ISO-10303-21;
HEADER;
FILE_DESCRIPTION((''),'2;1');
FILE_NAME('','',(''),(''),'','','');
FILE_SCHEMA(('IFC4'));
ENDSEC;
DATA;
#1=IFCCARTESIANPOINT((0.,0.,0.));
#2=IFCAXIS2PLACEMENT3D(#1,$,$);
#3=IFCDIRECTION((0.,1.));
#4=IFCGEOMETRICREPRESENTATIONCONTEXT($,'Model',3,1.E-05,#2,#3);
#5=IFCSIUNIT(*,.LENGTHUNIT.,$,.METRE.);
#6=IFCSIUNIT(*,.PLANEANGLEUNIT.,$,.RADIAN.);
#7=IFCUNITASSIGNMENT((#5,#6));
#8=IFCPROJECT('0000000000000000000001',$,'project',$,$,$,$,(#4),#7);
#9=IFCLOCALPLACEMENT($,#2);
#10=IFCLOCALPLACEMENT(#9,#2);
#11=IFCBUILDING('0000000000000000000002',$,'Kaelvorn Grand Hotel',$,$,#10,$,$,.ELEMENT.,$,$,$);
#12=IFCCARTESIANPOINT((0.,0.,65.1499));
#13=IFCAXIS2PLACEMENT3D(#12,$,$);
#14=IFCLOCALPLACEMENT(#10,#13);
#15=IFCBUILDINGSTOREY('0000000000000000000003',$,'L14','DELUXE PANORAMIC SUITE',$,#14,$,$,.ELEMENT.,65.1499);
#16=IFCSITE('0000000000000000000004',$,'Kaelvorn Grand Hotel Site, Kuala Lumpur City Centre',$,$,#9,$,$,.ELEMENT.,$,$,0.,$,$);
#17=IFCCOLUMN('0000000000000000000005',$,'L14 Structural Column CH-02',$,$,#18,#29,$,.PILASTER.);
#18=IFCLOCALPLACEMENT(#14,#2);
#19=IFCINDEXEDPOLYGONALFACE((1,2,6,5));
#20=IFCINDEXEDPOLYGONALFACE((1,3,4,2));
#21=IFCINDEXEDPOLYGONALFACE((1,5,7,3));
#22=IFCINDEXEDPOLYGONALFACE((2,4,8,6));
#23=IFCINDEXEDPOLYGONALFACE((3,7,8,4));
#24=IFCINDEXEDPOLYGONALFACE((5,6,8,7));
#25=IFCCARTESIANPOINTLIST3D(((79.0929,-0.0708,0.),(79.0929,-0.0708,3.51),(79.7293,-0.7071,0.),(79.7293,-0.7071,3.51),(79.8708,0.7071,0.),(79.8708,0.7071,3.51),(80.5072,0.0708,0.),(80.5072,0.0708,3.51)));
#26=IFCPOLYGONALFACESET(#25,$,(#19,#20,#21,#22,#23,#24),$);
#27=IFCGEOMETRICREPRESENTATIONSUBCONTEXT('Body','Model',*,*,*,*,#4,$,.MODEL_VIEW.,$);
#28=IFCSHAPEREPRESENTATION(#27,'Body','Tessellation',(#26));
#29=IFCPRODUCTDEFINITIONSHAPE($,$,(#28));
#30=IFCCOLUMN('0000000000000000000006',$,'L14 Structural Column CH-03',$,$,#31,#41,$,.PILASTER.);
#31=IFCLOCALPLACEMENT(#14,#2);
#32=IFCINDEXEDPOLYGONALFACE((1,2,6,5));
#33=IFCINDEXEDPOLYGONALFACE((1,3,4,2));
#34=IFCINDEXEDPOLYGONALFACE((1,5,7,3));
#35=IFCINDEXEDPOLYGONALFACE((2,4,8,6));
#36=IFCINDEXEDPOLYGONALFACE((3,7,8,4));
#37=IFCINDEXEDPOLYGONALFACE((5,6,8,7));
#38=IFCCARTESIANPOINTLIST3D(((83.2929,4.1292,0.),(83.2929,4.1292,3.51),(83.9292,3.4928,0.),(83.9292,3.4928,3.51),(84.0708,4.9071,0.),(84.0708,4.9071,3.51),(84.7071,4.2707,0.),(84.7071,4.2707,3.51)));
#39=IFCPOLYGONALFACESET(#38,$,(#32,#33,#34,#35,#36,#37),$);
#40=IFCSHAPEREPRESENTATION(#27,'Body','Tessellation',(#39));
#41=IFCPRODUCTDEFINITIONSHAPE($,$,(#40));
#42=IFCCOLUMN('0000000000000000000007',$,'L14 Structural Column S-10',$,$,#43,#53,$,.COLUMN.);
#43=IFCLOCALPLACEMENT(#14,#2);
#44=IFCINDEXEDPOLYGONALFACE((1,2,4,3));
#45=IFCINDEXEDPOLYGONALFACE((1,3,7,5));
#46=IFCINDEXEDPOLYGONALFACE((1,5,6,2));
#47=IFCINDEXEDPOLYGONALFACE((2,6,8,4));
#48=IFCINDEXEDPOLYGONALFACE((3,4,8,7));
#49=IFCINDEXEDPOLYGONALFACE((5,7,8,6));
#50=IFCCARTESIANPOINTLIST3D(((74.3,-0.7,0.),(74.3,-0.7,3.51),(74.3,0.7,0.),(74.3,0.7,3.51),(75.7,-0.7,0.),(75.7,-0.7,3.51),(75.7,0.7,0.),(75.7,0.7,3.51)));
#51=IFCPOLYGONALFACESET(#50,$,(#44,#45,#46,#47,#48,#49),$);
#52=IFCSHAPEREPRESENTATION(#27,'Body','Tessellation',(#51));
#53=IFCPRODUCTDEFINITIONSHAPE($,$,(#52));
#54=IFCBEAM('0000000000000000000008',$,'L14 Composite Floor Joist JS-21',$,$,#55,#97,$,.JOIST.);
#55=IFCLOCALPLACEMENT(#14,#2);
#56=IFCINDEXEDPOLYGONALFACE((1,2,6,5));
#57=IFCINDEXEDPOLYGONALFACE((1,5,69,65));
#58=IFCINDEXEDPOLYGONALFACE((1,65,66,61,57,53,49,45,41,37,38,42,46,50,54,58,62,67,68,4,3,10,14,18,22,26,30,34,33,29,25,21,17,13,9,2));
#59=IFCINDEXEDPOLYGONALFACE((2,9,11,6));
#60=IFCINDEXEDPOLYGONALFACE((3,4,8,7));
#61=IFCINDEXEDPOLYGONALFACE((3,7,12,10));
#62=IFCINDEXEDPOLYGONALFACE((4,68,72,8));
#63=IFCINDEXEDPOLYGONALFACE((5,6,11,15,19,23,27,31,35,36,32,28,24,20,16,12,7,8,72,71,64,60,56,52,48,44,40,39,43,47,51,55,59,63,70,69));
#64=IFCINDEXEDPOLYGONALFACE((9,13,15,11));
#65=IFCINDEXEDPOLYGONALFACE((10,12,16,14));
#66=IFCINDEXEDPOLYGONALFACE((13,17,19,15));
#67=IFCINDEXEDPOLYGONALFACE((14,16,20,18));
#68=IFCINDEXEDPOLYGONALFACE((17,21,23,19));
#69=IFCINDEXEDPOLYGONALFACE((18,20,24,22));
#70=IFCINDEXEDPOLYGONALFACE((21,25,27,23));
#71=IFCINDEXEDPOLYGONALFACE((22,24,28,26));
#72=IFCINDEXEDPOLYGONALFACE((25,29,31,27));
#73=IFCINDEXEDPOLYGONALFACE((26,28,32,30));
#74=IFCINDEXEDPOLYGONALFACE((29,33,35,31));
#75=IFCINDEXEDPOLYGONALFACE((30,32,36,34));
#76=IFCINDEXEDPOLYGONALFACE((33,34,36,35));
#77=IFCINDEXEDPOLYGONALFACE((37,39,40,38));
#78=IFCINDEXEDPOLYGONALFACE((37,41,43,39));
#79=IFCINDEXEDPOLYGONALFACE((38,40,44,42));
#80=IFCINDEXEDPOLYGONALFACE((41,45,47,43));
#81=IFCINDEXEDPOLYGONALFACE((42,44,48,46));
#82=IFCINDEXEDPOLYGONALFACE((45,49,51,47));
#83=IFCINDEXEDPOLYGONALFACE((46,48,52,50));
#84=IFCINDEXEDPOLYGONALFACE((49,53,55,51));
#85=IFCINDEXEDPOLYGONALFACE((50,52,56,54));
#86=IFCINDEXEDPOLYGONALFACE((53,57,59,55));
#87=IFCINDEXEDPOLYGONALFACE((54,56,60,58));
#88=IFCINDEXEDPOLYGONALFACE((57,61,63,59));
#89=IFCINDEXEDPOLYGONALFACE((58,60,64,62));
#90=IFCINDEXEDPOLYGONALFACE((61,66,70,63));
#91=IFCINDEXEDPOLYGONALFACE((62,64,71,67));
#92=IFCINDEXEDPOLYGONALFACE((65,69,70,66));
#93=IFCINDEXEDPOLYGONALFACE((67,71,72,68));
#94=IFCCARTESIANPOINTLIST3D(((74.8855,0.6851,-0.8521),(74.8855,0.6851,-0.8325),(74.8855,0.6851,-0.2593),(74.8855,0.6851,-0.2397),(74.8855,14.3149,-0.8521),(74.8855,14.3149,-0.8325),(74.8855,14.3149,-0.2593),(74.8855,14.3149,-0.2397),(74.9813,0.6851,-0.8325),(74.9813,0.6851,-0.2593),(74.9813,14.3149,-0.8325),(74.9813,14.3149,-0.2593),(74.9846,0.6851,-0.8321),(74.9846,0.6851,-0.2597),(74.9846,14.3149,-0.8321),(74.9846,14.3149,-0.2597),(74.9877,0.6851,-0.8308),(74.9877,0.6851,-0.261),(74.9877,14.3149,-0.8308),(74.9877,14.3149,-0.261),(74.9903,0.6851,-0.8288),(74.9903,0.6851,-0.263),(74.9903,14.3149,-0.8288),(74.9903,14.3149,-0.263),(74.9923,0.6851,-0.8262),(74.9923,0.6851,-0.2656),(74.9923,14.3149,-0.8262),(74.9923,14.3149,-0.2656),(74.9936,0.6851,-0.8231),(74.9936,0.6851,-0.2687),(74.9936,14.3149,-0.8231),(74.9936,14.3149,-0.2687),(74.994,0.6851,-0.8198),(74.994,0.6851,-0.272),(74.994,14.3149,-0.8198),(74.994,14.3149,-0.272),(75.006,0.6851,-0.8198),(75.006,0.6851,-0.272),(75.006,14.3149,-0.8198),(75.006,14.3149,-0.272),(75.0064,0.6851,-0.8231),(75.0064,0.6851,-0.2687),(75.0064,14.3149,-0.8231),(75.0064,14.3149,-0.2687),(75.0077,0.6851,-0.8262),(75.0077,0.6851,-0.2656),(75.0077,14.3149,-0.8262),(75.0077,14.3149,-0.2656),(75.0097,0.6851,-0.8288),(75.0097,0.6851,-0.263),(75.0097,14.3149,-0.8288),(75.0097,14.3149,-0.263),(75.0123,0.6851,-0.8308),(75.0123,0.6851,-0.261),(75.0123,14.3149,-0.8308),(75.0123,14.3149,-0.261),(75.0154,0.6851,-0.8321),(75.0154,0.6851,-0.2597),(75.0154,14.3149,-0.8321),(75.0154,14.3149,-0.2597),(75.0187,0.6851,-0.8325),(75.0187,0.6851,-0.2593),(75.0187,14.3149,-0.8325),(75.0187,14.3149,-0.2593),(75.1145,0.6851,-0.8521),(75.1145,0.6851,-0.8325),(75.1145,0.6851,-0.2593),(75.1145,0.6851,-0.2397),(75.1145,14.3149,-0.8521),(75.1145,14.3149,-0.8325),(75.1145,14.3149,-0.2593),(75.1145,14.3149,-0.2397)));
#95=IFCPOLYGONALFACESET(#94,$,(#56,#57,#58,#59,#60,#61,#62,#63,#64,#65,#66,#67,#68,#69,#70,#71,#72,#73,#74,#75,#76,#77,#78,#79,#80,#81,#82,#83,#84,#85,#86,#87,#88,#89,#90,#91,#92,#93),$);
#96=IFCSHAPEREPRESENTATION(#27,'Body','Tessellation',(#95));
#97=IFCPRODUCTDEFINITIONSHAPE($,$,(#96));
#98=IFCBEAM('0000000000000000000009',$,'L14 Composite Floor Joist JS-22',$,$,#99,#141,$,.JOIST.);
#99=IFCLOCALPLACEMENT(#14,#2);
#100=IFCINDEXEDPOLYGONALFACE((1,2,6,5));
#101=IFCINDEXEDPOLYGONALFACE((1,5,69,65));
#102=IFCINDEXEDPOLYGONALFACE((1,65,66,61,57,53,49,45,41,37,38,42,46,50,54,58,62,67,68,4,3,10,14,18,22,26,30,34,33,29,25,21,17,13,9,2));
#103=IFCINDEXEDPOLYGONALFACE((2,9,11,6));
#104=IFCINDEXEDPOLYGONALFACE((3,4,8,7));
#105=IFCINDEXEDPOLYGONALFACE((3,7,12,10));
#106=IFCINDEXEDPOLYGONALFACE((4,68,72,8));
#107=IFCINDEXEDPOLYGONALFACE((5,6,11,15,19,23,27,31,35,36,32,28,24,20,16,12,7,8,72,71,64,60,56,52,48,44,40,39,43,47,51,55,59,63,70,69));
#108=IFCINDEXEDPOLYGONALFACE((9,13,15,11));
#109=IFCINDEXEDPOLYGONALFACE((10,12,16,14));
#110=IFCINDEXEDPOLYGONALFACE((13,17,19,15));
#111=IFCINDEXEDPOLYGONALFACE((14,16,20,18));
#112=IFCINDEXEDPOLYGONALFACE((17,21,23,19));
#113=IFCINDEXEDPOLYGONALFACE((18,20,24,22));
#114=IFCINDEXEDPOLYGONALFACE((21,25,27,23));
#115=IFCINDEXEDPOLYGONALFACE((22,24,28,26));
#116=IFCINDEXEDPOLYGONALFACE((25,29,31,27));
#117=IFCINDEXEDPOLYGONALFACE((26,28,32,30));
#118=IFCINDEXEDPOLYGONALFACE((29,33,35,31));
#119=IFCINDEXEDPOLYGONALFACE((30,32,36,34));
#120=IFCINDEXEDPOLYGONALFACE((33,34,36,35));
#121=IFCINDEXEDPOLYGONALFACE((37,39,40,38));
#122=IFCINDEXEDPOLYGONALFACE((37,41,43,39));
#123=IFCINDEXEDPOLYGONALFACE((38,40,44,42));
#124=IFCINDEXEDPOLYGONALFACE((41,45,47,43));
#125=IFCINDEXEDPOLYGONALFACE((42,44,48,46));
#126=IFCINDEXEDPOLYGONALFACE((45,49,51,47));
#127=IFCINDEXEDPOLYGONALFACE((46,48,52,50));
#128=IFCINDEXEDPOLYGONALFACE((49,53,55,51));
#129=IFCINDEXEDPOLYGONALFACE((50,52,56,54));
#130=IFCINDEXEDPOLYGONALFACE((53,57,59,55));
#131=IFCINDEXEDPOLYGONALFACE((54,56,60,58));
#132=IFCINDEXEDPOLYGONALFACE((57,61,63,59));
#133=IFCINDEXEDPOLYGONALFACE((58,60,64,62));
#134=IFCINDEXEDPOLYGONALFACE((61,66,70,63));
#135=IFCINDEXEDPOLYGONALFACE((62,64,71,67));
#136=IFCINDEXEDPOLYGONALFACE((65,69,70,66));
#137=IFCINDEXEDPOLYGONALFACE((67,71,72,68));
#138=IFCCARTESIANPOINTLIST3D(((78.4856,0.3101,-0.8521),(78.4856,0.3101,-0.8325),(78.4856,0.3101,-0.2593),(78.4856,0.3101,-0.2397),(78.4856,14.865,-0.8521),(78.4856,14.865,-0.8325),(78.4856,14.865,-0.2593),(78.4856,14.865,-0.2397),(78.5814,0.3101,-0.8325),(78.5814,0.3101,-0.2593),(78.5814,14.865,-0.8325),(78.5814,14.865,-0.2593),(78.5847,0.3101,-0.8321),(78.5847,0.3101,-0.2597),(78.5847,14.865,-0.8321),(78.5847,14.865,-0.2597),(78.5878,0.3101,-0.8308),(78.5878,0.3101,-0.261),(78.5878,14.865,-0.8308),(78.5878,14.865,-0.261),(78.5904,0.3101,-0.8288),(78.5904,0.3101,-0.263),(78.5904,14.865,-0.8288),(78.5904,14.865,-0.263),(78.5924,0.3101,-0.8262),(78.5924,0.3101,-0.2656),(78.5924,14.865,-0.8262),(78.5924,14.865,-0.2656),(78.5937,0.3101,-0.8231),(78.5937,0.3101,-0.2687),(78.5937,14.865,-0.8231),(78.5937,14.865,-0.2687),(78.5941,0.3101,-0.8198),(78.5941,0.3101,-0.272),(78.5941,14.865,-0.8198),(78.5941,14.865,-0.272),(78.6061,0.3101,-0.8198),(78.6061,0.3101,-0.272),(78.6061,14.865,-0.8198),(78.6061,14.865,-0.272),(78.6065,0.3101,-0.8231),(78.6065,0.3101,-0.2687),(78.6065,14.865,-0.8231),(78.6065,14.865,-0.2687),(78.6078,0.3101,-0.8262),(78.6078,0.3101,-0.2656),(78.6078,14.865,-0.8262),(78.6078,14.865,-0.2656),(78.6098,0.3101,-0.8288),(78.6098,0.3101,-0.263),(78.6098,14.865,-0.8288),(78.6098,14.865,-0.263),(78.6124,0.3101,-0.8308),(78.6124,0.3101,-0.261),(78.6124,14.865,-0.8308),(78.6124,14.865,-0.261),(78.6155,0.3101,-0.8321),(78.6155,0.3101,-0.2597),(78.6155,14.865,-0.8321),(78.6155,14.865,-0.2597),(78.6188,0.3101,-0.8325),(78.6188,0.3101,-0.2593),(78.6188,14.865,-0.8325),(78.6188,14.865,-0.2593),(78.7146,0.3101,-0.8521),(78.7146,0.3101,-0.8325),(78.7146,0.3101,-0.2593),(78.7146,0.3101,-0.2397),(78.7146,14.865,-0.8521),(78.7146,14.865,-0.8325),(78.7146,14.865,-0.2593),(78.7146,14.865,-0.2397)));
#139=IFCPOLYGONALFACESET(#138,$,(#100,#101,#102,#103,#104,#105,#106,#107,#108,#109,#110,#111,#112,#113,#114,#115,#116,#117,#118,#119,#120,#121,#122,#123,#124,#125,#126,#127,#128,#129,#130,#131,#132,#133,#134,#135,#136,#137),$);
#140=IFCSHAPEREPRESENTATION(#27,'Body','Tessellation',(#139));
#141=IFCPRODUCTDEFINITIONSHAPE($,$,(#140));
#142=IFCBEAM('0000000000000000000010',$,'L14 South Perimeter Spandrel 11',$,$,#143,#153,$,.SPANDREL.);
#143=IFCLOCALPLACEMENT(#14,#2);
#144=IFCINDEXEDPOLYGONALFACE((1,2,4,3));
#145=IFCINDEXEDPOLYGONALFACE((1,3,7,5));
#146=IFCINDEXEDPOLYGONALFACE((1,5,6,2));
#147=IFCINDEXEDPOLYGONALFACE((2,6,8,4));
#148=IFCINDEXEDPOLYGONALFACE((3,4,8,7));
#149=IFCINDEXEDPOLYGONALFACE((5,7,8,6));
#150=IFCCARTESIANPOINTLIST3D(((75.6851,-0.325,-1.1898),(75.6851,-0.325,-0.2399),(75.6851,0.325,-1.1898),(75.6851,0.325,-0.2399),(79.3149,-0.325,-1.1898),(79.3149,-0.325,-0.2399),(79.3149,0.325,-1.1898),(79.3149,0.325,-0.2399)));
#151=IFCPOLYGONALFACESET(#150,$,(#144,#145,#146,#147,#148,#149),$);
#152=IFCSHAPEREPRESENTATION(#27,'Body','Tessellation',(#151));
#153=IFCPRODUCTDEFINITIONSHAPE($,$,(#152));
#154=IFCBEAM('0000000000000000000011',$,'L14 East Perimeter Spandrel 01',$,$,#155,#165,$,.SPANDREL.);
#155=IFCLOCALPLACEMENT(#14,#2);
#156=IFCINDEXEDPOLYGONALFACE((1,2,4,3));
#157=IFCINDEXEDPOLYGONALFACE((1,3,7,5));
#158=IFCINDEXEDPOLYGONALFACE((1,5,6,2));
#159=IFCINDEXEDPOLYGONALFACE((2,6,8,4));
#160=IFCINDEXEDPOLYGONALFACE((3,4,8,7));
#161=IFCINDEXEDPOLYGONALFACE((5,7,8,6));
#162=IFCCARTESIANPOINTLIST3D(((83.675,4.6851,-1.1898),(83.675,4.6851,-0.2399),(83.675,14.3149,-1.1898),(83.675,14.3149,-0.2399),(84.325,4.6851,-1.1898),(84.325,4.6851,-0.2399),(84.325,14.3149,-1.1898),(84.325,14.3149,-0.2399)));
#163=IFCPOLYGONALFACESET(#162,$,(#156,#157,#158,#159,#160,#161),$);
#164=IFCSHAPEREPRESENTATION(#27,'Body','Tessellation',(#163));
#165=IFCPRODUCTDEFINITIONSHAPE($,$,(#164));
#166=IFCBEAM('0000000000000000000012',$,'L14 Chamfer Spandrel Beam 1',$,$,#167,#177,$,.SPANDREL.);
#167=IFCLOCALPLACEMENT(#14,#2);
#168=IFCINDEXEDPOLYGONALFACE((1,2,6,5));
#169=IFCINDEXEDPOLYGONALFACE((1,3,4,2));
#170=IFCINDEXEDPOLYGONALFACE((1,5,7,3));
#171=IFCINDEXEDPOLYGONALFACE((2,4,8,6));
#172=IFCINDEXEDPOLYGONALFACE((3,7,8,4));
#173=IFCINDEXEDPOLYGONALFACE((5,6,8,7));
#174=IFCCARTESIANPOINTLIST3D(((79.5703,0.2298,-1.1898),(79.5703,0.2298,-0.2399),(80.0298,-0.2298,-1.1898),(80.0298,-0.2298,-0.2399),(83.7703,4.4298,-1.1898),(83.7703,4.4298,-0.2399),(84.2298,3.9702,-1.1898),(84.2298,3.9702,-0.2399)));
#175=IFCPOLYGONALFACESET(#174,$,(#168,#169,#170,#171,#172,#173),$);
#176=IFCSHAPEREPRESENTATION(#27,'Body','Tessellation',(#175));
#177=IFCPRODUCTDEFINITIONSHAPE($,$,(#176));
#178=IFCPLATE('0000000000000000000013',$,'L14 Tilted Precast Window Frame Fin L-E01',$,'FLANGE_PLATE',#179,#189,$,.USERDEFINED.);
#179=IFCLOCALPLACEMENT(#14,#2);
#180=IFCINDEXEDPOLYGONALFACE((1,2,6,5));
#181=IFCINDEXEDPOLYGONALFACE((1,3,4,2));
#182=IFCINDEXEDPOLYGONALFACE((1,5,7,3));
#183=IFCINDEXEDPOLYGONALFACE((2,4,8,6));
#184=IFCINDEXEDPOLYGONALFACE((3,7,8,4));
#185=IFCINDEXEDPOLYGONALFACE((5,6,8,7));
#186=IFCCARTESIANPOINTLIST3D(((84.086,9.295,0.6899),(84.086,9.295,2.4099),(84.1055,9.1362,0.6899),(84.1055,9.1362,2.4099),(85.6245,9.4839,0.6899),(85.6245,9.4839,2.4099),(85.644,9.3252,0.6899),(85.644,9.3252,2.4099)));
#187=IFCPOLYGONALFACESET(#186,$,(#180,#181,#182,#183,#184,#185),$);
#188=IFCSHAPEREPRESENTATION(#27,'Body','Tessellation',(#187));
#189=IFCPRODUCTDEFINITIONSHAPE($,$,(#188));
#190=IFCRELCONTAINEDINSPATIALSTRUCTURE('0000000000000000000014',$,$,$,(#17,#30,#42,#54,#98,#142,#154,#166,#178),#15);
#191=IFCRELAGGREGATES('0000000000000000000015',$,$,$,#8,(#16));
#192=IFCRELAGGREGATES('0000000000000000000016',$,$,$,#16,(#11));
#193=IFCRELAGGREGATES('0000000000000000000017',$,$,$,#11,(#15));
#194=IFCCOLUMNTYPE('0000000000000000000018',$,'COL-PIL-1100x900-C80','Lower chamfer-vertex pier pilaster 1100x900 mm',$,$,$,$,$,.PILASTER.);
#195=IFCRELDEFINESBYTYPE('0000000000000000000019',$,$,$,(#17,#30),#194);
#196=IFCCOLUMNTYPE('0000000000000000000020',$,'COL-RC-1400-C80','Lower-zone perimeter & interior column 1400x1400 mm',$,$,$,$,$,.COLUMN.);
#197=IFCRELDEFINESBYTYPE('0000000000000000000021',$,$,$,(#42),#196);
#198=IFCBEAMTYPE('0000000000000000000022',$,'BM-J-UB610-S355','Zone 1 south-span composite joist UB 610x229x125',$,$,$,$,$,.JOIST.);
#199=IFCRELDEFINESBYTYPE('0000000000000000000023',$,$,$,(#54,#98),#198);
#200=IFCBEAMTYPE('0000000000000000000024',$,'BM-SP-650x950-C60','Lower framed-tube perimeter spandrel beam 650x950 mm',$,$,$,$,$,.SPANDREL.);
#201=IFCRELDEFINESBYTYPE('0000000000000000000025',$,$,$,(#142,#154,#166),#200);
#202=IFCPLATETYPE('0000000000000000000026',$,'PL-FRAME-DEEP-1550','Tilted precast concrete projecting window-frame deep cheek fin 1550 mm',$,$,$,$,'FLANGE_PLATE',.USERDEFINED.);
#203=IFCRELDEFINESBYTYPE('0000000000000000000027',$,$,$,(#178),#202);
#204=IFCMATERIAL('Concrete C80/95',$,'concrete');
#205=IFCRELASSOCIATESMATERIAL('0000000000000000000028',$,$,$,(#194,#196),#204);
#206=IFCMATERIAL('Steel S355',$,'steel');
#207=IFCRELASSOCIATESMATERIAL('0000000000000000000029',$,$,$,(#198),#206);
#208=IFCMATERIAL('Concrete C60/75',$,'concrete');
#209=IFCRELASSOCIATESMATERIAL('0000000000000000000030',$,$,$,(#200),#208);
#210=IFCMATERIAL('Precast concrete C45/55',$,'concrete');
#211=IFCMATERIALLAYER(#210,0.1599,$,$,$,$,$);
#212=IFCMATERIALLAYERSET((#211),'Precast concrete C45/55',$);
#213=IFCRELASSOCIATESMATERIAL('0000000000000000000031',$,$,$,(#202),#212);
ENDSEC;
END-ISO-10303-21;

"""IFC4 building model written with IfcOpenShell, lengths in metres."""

from ifc_helpers import new_model, si_unit, direction, frame, origin, origin_2d, place, context, subcontext, project, spatial, rectangle, i_section, extrude, material, layer, layer_set, material_profile, profile_set, type_object, element, save


model = new_model("IFC4")

# Units and contexts
model_context = context("Model", 3, precision=1e-05, world=origin(), true_north=direction((0.0, 1.0)))
body_context = subcontext(model_context, "Body", "Model", "MODEL_VIEW")
ifc_project = project(units=[si_unit("LENGTHUNIT", "METRE"), si_unit("PLANEANGLEUNIT", "RADIAN")], contexts=[model_context])

# Site, building, storey
site_placement = place(None, origin())
site = spatial("IfcSite", under=ifc_project, at=site_placement, Name="Kaelvorn Grand Hotel Site, Kuala Lumpur City Centre", CompositionType="ELEMENT", RefElevation=0.0)
building_placement = place(site_placement, origin())
building = spatial("IfcBuilding", under=site, at=building_placement, Name="Kaelvorn Grand Hotel", CompositionType="ELEMENT")
storey_placement = place(building_placement, frame((0.0, 0.0, 65.1499)))
storey = spatial("IfcBuildingStorey", under=building, at=storey_placement, Name="L14", Description="DELUXE PANORAMIC SUITE", CompositionType="ELEMENT", Elevation=65.1499)

# Columns
ifc_material_1 = material(Name="Concrete C80/95", Category="concrete")
ifc_material_profile_1 = material_profile(ifc_material_1, rectangle(XDim=1.1001, YDim=0.8999, at=origin_2d()), Name="RC PILASTER 1100x900")
ifc_profile_set_1 = profile_set([ifc_material_profile_1], Name="Concrete C80/95")
column_type_1 = type_object("IfcColumnType", Name="COL-PIL-1100x900-C80", Description="Lower chamfer-vertex pier pilaster 1100x900 mm", PredefinedType="PILASTER", material=ifc_profile_set_1)
for number, where, z_axis, x_axis, name in (
    (1, (79.8, 0.0, 0.0), (0.0, 0.0, 1.0), (0.707107, 0.707107, 0.0), "L14 Structural Column CH-02"),
    (2, (84.0, 4.2, 0.0), (0.0, 0.0, 1.0), (0.707107, 0.707107, 0.0), "L14 Structural Column CH-03"),
):
    element("IfcColumn", number, at=place(storey_placement, frame(where, z_axis=z_axis, x_axis=x_axis)), inside=storey, type_object=column_type_1, Name=name, PredefinedType="PILASTER", context=body_context, shape_type="SweptSolid", body=[
        extrude(rectangle(XDim=1.1001, YDim=0.8999, at=origin_2d()), origin(), (0.0, 0.0, 1.0), 3.51),
    ])
ifc_material_profile_2 = material_profile(ifc_material_1, rectangle(XDim=1.3999, YDim=1.3999, at=origin_2d()), Name="RC COL 1400x1400")
ifc_profile_set_2 = profile_set([ifc_material_profile_2], Name="Concrete C80/95")
column_type_2 = type_object("IfcColumnType", Name="COL-RC-1400-C80", Description="Lower-zone perimeter & interior column 1400x1400 mm", PredefinedType="COLUMN", material=ifc_profile_set_2)
column_placement = place(storey_placement, frame((75.0, 0.0, 0.0), z_axis=(0.0, 0.0, 1.0), x_axis=(1.0, 0.0, 0.0)))
element("IfcColumn", 3, at=column_placement, inside=storey, type_object=column_type_2, Name="L14 Structural Column S-10", PredefinedType="COLUMN", context=body_context, shape_type="SweptSolid", body=[
    extrude(rectangle(XDim=1.3999, YDim=1.3999, at=origin_2d()), origin(), (0.0, 0.0, 1.0), 3.51),
])

# Beams
ifc_material_2 = material(Name="Steel S355", Category="steel")
ifc_material_profile_3 = material_profile(ifc_material_2, i_section(OverallWidth=0.229, OverallDepth=0.6123, WebThickness=0.012, FlangeThickness=0.0195, FilletRadius=0.0127, at=origin_2d()), Name="UB 610x229x125")
ifc_profile_set_3 = profile_set([ifc_material_profile_3], Name="Steel S355")
beam_type_1 = type_object("IfcBeamType", Name="BM-J-UB610-S355", Description="Zone 1 south-span composite joist UB 610x229x125", PredefinedType="JOIST", material=ifc_profile_set_3)
beam_1_placement = place(storey_placement, frame((75.0, 0.6851, -0.5459), z_axis=(0.0, 1.0, 0.0), x_axis=(-1.0, 0.0, 0.0)))
element("IfcBeam", 4, at=beam_1_placement, inside=storey, type_object=beam_type_1, Name="L14 Composite Floor Joist JS-21", PredefinedType="JOIST", context=body_context, shape_type="SweptSolid", body=[
    extrude(i_section(OverallWidth=0.229, OverallDepth=0.6123, WebThickness=0.012, FlangeThickness=0.0195, FilletRadius=0.0127, at=origin_2d()), origin(), (0.0, 0.0, 1.0), 13.6299),
])
beam_2_placement = place(storey_placement, frame((78.6001, 0.3101, -0.5459), z_axis=(0.0, 1.0, 0.0), x_axis=(-1.0, 0.0, 0.0)))
element("IfcBeam", 5, at=beam_2_placement, inside=storey, type_object=beam_type_1, Name="L14 Composite Floor Joist JS-22", PredefinedType="JOIST", context=body_context, shape_type="SweptSolid", body=[
    extrude(i_section(OverallWidth=0.229, OverallDepth=0.6123, WebThickness=0.012, FlangeThickness=0.0195, FilletRadius=0.0127, at=origin_2d()), origin(), (0.0, 0.0, 1.0), 14.5549),
])
ifc_material_3 = material(Name="Concrete C60/75", Category="concrete")
ifc_material_profile_4 = material_profile(ifc_material_3, rectangle(XDim=0.6499, YDim=0.95, at=origin_2d()), Name="RC SPANDREL 650x950")
ifc_profile_set_4 = profile_set([ifc_material_profile_4], Name="Concrete C60/75")
beam_type_2 = type_object("IfcBeamType", Name="BM-SP-650x950-C60", Description="Lower framed-tube perimeter spandrel beam 650x950 mm", PredefinedType="SPANDREL", material=ifc_profile_set_4)
beam_3_placement = place(storey_placement, frame((75.6851, 0.0, -0.7148), z_axis=(1.0, 0.0, 0.0), x_axis=(0.0, 1.0, 0.0)))
element("IfcBeam", 6, at=beam_3_placement, inside=storey, type_object=beam_type_2, Name="L14 South Perimeter Spandrel 11", PredefinedType="SPANDREL", context=body_context, shape_type="SweptSolid", body=[
    extrude(rectangle(XDim=0.6499, YDim=0.95, at=origin_2d()), origin(), (0.0, 0.0, 1.0), 3.6299),
])
beam_4_placement = place(storey_placement, frame((84.0, 4.6851, -0.7148), z_axis=(0.0, 1.0, 0.0), x_axis=(-1.0, 0.0, 0.0)))
element("IfcBeam", 7, at=beam_4_placement, inside=storey, type_object=beam_type_2, Name="L14 East Perimeter Spandrel 01", PredefinedType="SPANDREL", context=body_context, shape_type="SweptSolid", body=[
    extrude(rectangle(XDim=0.6499, YDim=0.95, at=origin_2d()), origin(), (0.0, 0.0, 1.0), 9.6299),
])
beam_5_placement = place(storey_placement, frame((79.8, 0.0, -0.7148), z_axis=(0.707107, 0.707107, 0.0), x_axis=(-0.707107, 0.707107, 0.0)))
element("IfcBeam", 8, at=beam_5_placement, inside=storey, type_object=beam_type_2, Name="L14 Chamfer Spandrel Beam 1", PredefinedType="SPANDREL", context=body_context, shape_type="SweptSolid", body=[
    extrude(rectangle(XDim=0.6499, YDim=0.95, at=origin_2d()), origin(), (0.0, 0.0, 1.0), 5.9397),
])

# Plate
ifc_material_4 = material(Name="Precast concrete C45/55", Category="concrete")
ifc_layer_1 = layer(ifc_material_4, 0.1599)
ifc_layer_set_1 = layer_set([ifc_layer_1], Name="Precast concrete C45/55")
plate_type_1 = type_object("IfcPlateType", Name="PL-FRAME-DEEP-1550", Description="Tilted precast concrete projecting window-frame deep cheek fin 1550 mm", ElementType="FLANGE_PLATE", PredefinedType="USERDEFINED", material=ifc_layer_set_1)
plate_1_placement = place(storey_placement, frame((84.865, 9.3101, 0.6899), z_axis=(0.0, 0.0, 1.0), x_axis=(-0.121869, 0.992546, 0.0)))
element("IfcPlate", 9, at=plate_1_placement, inside=storey, type_object=plate_type_1, Name="L14 Tilted Precast Window Frame Fin L-E01", ObjectType="FLANGE_PLATE", PredefinedType="USERDEFINED", context=body_context, shape_type="SweptSolid", body=[
    extrude(rectangle(XDim=0.1599, YDim=1.55, at=origin_2d()), origin(), (0.0, 0.0, 1.0), 1.72),
])

save(model, "model.ifc")
